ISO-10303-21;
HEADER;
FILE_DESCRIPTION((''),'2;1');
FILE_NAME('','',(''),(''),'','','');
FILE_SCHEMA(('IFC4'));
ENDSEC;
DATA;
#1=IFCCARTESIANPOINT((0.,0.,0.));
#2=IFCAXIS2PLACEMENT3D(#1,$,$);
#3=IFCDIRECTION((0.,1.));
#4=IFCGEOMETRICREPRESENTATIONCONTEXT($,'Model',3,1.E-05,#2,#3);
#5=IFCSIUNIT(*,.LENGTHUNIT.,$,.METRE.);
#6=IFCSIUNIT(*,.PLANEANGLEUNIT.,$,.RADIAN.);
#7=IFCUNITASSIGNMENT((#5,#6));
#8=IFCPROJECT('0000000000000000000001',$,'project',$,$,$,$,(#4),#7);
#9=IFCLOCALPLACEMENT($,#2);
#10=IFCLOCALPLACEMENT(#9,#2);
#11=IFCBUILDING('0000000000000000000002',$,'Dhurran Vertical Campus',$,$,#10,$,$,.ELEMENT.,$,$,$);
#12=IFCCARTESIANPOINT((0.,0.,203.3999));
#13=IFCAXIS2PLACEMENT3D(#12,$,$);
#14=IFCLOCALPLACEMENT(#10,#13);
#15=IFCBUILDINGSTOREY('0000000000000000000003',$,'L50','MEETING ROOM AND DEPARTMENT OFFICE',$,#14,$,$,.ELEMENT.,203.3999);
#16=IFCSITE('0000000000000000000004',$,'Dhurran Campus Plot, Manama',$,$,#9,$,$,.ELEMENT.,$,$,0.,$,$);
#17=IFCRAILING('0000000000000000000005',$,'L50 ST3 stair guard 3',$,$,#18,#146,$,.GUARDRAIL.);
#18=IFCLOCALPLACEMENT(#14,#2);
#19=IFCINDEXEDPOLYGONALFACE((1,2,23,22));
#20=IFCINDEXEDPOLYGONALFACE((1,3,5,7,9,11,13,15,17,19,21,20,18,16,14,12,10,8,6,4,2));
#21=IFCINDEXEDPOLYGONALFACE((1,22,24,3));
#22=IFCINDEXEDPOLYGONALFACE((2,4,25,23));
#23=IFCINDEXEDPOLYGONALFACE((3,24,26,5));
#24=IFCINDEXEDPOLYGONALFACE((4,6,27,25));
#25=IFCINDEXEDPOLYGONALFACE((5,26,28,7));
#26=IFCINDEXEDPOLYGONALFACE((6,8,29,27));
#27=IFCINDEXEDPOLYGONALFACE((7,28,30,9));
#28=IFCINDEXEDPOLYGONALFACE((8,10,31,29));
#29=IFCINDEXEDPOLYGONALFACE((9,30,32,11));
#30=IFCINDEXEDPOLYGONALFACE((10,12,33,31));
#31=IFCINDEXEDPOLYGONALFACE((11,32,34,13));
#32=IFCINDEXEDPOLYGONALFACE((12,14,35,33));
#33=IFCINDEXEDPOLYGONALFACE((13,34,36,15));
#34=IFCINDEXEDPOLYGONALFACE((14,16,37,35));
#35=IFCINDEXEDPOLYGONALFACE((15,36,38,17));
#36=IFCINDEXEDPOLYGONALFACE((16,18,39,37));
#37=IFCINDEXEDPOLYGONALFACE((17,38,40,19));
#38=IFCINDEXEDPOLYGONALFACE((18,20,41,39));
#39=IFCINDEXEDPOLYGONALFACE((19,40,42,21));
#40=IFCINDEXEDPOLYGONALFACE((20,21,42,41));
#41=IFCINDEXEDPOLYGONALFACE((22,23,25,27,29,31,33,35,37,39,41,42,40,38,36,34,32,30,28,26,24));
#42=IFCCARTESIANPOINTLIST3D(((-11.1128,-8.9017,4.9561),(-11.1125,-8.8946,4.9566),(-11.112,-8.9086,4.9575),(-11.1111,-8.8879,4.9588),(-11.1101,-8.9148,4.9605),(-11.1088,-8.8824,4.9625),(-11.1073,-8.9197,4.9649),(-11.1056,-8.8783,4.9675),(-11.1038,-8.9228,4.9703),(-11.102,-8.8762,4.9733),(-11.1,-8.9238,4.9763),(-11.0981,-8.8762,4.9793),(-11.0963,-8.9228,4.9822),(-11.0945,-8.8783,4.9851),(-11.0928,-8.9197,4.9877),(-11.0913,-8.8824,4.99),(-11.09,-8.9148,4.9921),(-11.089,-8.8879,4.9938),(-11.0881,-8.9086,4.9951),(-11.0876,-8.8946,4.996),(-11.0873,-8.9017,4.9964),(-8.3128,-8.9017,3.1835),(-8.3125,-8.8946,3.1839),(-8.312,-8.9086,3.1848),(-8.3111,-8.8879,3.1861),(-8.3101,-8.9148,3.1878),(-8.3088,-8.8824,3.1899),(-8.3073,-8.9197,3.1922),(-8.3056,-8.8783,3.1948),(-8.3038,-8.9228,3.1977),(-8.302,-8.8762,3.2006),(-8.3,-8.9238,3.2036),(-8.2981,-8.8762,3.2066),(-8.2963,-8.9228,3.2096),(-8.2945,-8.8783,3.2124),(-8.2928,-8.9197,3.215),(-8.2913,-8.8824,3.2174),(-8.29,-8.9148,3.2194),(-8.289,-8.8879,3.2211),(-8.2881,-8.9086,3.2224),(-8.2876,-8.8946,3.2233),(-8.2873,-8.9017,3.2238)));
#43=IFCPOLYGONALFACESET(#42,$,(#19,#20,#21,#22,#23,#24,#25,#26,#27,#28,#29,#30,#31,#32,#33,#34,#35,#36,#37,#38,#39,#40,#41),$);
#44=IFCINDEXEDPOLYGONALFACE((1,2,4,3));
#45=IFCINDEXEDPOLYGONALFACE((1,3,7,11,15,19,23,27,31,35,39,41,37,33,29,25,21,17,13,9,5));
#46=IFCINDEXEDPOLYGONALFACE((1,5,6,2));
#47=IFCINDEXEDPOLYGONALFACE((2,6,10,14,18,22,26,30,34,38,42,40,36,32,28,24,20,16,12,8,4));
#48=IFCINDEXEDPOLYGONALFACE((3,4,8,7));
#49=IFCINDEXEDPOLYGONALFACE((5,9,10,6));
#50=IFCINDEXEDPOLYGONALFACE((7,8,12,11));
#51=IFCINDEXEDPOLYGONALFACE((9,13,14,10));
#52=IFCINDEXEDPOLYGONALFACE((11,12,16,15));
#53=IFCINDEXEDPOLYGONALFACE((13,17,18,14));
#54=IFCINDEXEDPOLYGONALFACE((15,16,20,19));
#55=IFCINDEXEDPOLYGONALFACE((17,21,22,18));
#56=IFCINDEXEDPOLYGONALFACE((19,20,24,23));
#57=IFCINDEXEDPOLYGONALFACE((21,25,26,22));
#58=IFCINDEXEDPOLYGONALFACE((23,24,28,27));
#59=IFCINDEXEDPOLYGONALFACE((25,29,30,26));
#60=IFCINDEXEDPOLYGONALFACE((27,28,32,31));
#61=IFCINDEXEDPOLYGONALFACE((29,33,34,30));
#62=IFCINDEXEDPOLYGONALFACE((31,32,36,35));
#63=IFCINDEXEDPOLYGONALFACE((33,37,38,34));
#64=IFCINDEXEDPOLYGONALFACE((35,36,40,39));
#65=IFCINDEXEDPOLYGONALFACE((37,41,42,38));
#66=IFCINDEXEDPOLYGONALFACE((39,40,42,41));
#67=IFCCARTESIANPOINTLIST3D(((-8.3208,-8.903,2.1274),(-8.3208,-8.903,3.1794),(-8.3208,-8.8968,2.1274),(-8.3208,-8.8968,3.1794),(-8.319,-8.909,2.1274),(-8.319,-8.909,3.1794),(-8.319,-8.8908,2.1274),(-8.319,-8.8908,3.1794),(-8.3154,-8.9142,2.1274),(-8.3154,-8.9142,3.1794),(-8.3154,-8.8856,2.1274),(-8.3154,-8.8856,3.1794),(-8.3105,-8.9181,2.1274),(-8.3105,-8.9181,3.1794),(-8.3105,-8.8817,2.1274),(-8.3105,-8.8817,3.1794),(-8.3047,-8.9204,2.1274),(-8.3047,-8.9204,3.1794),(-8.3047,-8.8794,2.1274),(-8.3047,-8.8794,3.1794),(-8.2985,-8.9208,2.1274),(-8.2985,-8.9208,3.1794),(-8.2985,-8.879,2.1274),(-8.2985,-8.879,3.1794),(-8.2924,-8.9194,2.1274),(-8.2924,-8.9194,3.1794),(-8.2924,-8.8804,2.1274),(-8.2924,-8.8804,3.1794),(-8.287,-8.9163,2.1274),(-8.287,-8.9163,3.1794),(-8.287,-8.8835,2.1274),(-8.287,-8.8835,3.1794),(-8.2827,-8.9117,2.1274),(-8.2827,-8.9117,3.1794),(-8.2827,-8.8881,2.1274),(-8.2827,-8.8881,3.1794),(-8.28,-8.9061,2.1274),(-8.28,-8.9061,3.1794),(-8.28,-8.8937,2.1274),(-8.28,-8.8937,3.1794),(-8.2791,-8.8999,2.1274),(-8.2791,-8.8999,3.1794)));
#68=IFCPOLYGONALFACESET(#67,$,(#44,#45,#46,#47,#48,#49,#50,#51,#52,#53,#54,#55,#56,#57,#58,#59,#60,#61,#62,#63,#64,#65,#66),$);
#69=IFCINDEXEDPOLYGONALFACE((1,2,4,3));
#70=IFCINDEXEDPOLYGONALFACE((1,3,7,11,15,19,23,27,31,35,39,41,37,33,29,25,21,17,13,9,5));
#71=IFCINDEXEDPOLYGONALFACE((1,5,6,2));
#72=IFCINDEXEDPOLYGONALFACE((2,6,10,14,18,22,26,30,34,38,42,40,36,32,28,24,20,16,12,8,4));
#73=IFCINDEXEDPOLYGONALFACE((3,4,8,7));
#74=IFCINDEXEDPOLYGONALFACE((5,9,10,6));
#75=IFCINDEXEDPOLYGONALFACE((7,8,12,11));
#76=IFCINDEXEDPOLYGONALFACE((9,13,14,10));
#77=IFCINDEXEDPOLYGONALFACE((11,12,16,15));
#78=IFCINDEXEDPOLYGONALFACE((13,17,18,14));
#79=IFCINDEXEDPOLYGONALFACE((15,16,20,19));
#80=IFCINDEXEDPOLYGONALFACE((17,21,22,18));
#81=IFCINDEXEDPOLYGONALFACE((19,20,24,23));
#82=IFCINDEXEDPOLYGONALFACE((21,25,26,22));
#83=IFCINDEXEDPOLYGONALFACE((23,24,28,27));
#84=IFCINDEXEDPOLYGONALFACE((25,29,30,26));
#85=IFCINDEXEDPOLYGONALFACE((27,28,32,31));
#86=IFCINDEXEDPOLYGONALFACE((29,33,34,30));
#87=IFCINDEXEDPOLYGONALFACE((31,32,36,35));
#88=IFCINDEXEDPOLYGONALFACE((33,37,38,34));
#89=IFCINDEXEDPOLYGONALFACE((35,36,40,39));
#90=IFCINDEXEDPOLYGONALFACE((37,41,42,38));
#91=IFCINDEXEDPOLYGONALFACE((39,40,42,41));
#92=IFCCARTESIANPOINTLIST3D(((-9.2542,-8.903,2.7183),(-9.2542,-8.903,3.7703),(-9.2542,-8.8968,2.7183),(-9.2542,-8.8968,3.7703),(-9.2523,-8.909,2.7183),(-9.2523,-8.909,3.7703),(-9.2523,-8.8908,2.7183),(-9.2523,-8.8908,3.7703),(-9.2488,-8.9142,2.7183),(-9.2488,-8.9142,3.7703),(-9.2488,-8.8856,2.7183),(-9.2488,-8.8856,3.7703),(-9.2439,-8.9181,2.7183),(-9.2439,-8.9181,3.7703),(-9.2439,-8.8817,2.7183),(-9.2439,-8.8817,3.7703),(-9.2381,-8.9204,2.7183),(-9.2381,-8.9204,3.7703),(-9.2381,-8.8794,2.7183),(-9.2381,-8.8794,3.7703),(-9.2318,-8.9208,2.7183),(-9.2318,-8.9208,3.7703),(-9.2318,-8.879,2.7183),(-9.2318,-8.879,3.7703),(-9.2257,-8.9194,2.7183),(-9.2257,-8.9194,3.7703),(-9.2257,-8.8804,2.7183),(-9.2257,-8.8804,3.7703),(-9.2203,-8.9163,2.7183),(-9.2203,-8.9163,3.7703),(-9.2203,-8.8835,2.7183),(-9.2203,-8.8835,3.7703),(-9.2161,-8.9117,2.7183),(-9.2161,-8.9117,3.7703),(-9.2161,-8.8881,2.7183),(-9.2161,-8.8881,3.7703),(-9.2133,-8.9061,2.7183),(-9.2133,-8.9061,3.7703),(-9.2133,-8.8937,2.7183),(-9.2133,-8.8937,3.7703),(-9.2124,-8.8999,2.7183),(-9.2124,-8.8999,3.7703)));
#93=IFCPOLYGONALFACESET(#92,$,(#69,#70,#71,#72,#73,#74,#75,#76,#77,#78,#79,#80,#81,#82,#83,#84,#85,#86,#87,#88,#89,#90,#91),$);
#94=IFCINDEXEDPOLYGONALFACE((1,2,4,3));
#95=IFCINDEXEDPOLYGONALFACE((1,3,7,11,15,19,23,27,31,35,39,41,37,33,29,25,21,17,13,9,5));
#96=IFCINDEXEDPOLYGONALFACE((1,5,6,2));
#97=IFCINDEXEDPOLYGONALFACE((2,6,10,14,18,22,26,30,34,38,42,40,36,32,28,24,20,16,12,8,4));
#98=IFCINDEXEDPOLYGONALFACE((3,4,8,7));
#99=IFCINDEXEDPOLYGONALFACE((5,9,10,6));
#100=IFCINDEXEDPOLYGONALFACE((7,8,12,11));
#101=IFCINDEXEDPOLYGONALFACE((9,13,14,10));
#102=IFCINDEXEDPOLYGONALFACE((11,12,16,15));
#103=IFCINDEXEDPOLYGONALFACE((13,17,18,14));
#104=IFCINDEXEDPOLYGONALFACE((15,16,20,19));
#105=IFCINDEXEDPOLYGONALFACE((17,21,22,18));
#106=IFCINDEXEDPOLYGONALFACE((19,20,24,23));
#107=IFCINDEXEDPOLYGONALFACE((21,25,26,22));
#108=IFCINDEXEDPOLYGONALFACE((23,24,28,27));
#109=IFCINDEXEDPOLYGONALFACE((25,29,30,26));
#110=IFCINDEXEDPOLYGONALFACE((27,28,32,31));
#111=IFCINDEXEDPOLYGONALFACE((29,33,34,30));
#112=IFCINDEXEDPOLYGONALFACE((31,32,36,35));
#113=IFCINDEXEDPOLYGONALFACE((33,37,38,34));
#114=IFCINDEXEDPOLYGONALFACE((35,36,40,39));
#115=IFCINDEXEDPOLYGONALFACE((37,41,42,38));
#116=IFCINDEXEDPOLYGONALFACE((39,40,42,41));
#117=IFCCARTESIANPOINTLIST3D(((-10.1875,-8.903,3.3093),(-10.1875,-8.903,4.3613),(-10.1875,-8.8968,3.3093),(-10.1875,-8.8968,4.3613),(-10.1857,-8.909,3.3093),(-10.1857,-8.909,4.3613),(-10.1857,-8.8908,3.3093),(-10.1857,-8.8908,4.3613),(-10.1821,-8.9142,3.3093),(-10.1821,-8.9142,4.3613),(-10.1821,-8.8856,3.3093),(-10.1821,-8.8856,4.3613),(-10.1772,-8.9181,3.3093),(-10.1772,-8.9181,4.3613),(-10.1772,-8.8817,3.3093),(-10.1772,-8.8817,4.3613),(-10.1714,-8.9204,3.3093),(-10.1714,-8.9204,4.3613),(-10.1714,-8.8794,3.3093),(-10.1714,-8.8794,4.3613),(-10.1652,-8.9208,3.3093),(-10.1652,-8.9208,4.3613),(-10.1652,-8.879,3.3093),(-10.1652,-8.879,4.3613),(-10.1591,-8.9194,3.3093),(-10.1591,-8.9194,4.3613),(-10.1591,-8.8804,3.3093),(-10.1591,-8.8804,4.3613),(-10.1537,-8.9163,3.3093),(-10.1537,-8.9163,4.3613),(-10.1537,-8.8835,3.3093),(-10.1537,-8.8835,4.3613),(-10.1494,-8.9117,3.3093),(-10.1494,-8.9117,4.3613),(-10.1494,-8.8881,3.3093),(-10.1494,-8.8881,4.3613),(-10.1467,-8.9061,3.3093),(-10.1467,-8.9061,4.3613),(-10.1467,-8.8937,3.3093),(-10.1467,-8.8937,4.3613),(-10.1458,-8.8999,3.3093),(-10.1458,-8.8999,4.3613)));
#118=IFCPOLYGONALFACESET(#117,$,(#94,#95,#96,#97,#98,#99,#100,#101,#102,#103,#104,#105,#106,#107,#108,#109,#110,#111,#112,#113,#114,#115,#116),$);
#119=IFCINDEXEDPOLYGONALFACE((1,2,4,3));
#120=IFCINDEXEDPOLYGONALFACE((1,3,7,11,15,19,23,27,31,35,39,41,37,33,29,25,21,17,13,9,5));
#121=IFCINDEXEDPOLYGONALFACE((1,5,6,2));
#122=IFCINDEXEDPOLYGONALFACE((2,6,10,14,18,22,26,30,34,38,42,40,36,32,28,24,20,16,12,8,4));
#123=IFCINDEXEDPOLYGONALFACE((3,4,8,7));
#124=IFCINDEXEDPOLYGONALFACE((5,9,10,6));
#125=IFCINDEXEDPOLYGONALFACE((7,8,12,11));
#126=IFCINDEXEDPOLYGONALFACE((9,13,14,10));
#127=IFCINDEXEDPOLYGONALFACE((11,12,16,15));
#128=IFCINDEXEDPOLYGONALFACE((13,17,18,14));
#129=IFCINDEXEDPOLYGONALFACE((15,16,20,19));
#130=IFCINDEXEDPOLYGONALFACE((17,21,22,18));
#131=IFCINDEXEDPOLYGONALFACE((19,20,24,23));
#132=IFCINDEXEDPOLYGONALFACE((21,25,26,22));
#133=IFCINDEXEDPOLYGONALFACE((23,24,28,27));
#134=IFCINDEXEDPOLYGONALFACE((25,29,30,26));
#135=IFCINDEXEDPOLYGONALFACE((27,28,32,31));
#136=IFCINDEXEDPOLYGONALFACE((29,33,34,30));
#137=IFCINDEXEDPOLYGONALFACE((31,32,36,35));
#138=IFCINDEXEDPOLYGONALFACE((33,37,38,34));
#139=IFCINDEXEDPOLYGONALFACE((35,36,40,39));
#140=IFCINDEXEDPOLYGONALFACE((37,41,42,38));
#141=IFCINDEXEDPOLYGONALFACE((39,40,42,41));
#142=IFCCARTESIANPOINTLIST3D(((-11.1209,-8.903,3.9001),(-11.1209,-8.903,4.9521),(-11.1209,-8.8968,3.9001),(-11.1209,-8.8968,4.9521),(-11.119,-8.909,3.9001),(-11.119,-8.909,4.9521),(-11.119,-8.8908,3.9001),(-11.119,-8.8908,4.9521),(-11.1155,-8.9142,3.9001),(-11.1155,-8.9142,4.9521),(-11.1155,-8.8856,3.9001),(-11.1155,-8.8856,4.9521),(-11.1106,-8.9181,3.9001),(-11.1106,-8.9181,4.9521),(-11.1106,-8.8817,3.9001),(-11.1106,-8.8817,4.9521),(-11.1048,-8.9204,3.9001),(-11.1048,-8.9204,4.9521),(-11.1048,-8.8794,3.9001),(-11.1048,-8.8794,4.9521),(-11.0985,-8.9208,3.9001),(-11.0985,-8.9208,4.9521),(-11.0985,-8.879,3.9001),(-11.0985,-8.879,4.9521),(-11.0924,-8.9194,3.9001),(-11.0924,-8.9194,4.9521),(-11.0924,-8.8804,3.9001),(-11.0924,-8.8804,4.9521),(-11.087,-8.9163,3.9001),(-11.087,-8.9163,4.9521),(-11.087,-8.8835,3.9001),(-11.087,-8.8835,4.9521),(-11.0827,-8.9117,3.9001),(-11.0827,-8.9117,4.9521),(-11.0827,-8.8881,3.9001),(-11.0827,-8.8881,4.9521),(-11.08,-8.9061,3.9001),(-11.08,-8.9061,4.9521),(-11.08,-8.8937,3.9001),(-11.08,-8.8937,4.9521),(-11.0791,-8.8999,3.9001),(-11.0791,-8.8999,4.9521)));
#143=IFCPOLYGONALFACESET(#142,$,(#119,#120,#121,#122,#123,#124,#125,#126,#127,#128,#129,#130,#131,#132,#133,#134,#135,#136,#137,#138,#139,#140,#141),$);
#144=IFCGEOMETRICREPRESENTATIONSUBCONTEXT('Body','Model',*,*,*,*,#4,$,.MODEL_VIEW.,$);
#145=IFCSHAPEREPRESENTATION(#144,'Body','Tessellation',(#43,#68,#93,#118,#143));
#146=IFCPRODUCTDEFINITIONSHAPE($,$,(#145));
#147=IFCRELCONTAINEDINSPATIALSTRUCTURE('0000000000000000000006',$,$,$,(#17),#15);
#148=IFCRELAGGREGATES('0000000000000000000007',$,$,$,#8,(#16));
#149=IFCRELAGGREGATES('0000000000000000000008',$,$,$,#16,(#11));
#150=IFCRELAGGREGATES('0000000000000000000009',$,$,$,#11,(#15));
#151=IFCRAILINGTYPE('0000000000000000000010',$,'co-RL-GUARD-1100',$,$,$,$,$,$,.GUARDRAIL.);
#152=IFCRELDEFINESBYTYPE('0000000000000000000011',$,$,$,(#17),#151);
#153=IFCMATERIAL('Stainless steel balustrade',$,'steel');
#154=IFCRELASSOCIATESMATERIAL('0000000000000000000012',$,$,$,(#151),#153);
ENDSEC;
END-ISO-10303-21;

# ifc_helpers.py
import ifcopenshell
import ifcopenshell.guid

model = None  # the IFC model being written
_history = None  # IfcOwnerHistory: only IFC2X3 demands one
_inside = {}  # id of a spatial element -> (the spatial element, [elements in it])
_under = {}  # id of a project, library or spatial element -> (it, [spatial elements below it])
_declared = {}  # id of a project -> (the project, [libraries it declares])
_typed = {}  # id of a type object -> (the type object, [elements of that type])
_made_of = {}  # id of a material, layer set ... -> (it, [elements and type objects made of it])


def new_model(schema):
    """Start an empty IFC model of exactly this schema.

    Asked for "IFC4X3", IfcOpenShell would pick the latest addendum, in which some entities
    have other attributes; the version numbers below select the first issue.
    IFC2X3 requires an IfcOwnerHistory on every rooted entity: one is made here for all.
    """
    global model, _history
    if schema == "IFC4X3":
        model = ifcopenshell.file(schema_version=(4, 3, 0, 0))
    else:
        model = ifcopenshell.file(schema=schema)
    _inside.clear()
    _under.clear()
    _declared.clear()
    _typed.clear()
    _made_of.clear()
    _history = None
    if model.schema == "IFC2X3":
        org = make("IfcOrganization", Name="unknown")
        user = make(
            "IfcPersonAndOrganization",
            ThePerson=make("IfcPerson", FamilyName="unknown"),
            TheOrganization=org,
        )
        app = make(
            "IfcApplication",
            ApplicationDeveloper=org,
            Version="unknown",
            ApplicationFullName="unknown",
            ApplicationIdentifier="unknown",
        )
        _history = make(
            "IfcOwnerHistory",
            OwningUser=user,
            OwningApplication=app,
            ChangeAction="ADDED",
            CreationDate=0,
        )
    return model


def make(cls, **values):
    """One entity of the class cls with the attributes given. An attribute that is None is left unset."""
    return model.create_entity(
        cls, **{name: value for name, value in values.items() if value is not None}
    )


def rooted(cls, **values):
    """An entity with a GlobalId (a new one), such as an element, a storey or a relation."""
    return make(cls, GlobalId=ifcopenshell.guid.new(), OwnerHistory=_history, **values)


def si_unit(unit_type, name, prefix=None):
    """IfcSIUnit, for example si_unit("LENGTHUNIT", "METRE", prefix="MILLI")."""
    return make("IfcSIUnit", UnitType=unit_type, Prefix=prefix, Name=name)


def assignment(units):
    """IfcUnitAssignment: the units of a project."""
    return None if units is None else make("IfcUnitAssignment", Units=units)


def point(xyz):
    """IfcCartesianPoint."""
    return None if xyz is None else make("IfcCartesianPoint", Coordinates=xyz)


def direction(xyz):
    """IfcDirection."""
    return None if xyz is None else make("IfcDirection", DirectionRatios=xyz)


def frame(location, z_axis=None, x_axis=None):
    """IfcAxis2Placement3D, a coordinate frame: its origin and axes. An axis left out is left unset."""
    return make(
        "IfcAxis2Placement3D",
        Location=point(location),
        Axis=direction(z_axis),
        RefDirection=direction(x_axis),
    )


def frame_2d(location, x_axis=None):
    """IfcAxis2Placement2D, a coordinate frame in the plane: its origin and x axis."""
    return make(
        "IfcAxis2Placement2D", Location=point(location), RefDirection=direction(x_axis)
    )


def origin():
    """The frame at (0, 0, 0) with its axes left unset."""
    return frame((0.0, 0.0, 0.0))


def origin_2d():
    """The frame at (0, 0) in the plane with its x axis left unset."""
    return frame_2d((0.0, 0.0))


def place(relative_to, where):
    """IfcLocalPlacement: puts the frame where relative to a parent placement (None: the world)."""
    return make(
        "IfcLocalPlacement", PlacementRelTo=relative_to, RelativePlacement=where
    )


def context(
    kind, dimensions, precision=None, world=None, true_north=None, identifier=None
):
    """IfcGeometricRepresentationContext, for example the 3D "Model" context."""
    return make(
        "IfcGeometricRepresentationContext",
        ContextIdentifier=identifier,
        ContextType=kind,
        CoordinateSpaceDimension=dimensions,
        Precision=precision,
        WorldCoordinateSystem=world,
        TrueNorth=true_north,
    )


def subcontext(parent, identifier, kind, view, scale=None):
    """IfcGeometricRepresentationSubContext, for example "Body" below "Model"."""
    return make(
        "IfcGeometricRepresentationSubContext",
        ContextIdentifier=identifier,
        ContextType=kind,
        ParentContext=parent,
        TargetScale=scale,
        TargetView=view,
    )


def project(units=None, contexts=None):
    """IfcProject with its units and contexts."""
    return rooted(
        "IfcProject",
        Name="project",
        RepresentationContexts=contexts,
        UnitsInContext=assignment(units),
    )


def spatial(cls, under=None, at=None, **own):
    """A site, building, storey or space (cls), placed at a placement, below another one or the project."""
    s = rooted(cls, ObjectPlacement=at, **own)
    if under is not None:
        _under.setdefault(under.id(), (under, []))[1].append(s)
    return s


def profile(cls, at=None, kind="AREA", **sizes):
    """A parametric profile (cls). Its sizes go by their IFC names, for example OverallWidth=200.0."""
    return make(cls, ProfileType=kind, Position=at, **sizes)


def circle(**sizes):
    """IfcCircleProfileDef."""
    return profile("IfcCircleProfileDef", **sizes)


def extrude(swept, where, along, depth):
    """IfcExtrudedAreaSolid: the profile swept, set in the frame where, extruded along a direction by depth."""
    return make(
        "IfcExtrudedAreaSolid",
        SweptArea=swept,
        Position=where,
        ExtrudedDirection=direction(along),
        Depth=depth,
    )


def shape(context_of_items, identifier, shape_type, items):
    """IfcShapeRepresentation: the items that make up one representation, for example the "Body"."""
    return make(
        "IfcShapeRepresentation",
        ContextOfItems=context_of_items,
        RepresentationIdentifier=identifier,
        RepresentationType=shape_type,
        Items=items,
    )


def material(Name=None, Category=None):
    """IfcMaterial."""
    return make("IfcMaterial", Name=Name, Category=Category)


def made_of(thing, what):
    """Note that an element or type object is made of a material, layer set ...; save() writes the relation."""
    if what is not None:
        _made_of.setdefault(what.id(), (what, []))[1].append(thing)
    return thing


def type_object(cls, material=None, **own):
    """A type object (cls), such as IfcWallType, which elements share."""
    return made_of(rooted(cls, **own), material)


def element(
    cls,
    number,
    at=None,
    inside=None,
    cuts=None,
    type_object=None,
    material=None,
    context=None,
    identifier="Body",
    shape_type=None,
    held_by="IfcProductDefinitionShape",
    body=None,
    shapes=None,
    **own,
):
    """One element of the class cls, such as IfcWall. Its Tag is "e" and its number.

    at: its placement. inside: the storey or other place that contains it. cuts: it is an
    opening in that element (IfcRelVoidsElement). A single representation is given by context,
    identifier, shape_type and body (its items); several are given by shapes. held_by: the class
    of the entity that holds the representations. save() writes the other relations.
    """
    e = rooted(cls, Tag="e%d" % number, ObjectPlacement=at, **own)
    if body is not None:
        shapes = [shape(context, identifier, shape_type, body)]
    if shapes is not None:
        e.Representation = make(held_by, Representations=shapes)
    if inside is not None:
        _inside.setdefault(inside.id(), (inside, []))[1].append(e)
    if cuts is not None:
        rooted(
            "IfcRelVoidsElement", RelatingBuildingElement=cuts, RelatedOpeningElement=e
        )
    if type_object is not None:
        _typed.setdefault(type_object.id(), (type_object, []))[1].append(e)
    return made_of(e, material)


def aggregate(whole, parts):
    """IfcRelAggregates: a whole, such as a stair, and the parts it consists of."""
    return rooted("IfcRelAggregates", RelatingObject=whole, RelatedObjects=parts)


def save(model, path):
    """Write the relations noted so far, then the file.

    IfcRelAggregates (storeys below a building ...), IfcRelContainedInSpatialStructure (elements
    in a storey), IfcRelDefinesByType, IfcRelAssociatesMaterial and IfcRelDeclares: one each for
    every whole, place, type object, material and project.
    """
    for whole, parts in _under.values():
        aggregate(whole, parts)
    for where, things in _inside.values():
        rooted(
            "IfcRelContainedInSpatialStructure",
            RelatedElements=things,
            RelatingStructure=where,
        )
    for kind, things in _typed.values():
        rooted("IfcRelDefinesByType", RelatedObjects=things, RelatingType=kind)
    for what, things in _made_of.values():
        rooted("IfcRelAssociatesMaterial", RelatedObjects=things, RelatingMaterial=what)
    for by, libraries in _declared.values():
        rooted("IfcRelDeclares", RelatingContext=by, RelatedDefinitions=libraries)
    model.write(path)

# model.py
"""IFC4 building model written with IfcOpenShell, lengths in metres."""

from ifc_helpers import new_model, si_unit, direction, frame, origin, origin_2d, place, context, subcontext, project, spatial, circle, extrude, material, type_object, element, save


model = new_model("IFC4")

# Units and contexts
model_context = context("Model", 3, precision=1e-05, world=origin(), true_north=direction((0.0, 1.0)))
body_context = subcontext(model_context, "Body", "Model", "MODEL_VIEW")
ifc_project = project(units=[si_unit("LENGTHUNIT", "METRE"), si_unit("PLANEANGLEUNIT", "RADIAN")], contexts=[model_context])

# Site, building, storey
site_placement = place(None, origin())
site = spatial("IfcSite", under=ifc_project, at=site_placement, Name="Dhurran Campus Plot, Manama", CompositionType="ELEMENT", RefElevation=0.0)
building_placement = place(site_placement, origin())
building = spatial("IfcBuilding", under=site, at=building_placement, Name="Dhurran Vertical Campus", CompositionType="ELEMENT")
storey_placement = place(building_placement, frame((0.0, 0.0, 203.3999)))
storey = spatial("IfcBuildingStorey", under=building, at=storey_placement, Name="L50", Description="MEETING ROOM AND DEPARTMENT OFFICE", CompositionType="ELEMENT", Elevation=203.3999)

# Railing
ifc_material_1 = material(Name="Stainless steel balustrade", Category="steel")
railing_type_1 = type_object("IfcRailingType", Name="co-RL-GUARD-1100", PredefinedType="GUARDRAIL", material=ifc_material_1)
railing_1_placement = place(storey_placement, frame((-8.3, -8.8999, 2.1274)))
element("IfcRailing", 1, at=railing_1_placement, inside=storey, type_object=railing_type_1, Name="L50 ST3 stair guard 3", PredefinedType="GUARDRAIL", context=body_context, shape_type="SweptSolid", body=[
    extrude(circle(Radius=0.0239, at=origin_2d()), frame((0.0, 0.0, 1.0762), z_axis=(-0.844909, 0.0, 0.53491), x_axis=(0.0, -1.0, 0.0)), (0.0, 0.0, 1.0), 3.314),
    extrude(circle(Radius=0.021, at=origin_2d()), origin(), (0.0, 0.0, 1.0), 1.052),
    extrude(circle(Radius=0.021, at=origin_2d()), frame((-0.9333, 0.0, 0.5908)), (0.0, 0.0, 1.0), 1.052),
    extrude(circle(Radius=0.021, at=origin_2d()), frame((-1.8667, 0.0, 1.1819)), (0.0, 0.0, 1.0), 1.052),
    extrude(circle(Radius=0.021, at=origin_2d()), frame((-2.8, 0.0, 1.7727)), (0.0, 0.0, 1.0), 1.052),
])

save(model, "model.ifc")
